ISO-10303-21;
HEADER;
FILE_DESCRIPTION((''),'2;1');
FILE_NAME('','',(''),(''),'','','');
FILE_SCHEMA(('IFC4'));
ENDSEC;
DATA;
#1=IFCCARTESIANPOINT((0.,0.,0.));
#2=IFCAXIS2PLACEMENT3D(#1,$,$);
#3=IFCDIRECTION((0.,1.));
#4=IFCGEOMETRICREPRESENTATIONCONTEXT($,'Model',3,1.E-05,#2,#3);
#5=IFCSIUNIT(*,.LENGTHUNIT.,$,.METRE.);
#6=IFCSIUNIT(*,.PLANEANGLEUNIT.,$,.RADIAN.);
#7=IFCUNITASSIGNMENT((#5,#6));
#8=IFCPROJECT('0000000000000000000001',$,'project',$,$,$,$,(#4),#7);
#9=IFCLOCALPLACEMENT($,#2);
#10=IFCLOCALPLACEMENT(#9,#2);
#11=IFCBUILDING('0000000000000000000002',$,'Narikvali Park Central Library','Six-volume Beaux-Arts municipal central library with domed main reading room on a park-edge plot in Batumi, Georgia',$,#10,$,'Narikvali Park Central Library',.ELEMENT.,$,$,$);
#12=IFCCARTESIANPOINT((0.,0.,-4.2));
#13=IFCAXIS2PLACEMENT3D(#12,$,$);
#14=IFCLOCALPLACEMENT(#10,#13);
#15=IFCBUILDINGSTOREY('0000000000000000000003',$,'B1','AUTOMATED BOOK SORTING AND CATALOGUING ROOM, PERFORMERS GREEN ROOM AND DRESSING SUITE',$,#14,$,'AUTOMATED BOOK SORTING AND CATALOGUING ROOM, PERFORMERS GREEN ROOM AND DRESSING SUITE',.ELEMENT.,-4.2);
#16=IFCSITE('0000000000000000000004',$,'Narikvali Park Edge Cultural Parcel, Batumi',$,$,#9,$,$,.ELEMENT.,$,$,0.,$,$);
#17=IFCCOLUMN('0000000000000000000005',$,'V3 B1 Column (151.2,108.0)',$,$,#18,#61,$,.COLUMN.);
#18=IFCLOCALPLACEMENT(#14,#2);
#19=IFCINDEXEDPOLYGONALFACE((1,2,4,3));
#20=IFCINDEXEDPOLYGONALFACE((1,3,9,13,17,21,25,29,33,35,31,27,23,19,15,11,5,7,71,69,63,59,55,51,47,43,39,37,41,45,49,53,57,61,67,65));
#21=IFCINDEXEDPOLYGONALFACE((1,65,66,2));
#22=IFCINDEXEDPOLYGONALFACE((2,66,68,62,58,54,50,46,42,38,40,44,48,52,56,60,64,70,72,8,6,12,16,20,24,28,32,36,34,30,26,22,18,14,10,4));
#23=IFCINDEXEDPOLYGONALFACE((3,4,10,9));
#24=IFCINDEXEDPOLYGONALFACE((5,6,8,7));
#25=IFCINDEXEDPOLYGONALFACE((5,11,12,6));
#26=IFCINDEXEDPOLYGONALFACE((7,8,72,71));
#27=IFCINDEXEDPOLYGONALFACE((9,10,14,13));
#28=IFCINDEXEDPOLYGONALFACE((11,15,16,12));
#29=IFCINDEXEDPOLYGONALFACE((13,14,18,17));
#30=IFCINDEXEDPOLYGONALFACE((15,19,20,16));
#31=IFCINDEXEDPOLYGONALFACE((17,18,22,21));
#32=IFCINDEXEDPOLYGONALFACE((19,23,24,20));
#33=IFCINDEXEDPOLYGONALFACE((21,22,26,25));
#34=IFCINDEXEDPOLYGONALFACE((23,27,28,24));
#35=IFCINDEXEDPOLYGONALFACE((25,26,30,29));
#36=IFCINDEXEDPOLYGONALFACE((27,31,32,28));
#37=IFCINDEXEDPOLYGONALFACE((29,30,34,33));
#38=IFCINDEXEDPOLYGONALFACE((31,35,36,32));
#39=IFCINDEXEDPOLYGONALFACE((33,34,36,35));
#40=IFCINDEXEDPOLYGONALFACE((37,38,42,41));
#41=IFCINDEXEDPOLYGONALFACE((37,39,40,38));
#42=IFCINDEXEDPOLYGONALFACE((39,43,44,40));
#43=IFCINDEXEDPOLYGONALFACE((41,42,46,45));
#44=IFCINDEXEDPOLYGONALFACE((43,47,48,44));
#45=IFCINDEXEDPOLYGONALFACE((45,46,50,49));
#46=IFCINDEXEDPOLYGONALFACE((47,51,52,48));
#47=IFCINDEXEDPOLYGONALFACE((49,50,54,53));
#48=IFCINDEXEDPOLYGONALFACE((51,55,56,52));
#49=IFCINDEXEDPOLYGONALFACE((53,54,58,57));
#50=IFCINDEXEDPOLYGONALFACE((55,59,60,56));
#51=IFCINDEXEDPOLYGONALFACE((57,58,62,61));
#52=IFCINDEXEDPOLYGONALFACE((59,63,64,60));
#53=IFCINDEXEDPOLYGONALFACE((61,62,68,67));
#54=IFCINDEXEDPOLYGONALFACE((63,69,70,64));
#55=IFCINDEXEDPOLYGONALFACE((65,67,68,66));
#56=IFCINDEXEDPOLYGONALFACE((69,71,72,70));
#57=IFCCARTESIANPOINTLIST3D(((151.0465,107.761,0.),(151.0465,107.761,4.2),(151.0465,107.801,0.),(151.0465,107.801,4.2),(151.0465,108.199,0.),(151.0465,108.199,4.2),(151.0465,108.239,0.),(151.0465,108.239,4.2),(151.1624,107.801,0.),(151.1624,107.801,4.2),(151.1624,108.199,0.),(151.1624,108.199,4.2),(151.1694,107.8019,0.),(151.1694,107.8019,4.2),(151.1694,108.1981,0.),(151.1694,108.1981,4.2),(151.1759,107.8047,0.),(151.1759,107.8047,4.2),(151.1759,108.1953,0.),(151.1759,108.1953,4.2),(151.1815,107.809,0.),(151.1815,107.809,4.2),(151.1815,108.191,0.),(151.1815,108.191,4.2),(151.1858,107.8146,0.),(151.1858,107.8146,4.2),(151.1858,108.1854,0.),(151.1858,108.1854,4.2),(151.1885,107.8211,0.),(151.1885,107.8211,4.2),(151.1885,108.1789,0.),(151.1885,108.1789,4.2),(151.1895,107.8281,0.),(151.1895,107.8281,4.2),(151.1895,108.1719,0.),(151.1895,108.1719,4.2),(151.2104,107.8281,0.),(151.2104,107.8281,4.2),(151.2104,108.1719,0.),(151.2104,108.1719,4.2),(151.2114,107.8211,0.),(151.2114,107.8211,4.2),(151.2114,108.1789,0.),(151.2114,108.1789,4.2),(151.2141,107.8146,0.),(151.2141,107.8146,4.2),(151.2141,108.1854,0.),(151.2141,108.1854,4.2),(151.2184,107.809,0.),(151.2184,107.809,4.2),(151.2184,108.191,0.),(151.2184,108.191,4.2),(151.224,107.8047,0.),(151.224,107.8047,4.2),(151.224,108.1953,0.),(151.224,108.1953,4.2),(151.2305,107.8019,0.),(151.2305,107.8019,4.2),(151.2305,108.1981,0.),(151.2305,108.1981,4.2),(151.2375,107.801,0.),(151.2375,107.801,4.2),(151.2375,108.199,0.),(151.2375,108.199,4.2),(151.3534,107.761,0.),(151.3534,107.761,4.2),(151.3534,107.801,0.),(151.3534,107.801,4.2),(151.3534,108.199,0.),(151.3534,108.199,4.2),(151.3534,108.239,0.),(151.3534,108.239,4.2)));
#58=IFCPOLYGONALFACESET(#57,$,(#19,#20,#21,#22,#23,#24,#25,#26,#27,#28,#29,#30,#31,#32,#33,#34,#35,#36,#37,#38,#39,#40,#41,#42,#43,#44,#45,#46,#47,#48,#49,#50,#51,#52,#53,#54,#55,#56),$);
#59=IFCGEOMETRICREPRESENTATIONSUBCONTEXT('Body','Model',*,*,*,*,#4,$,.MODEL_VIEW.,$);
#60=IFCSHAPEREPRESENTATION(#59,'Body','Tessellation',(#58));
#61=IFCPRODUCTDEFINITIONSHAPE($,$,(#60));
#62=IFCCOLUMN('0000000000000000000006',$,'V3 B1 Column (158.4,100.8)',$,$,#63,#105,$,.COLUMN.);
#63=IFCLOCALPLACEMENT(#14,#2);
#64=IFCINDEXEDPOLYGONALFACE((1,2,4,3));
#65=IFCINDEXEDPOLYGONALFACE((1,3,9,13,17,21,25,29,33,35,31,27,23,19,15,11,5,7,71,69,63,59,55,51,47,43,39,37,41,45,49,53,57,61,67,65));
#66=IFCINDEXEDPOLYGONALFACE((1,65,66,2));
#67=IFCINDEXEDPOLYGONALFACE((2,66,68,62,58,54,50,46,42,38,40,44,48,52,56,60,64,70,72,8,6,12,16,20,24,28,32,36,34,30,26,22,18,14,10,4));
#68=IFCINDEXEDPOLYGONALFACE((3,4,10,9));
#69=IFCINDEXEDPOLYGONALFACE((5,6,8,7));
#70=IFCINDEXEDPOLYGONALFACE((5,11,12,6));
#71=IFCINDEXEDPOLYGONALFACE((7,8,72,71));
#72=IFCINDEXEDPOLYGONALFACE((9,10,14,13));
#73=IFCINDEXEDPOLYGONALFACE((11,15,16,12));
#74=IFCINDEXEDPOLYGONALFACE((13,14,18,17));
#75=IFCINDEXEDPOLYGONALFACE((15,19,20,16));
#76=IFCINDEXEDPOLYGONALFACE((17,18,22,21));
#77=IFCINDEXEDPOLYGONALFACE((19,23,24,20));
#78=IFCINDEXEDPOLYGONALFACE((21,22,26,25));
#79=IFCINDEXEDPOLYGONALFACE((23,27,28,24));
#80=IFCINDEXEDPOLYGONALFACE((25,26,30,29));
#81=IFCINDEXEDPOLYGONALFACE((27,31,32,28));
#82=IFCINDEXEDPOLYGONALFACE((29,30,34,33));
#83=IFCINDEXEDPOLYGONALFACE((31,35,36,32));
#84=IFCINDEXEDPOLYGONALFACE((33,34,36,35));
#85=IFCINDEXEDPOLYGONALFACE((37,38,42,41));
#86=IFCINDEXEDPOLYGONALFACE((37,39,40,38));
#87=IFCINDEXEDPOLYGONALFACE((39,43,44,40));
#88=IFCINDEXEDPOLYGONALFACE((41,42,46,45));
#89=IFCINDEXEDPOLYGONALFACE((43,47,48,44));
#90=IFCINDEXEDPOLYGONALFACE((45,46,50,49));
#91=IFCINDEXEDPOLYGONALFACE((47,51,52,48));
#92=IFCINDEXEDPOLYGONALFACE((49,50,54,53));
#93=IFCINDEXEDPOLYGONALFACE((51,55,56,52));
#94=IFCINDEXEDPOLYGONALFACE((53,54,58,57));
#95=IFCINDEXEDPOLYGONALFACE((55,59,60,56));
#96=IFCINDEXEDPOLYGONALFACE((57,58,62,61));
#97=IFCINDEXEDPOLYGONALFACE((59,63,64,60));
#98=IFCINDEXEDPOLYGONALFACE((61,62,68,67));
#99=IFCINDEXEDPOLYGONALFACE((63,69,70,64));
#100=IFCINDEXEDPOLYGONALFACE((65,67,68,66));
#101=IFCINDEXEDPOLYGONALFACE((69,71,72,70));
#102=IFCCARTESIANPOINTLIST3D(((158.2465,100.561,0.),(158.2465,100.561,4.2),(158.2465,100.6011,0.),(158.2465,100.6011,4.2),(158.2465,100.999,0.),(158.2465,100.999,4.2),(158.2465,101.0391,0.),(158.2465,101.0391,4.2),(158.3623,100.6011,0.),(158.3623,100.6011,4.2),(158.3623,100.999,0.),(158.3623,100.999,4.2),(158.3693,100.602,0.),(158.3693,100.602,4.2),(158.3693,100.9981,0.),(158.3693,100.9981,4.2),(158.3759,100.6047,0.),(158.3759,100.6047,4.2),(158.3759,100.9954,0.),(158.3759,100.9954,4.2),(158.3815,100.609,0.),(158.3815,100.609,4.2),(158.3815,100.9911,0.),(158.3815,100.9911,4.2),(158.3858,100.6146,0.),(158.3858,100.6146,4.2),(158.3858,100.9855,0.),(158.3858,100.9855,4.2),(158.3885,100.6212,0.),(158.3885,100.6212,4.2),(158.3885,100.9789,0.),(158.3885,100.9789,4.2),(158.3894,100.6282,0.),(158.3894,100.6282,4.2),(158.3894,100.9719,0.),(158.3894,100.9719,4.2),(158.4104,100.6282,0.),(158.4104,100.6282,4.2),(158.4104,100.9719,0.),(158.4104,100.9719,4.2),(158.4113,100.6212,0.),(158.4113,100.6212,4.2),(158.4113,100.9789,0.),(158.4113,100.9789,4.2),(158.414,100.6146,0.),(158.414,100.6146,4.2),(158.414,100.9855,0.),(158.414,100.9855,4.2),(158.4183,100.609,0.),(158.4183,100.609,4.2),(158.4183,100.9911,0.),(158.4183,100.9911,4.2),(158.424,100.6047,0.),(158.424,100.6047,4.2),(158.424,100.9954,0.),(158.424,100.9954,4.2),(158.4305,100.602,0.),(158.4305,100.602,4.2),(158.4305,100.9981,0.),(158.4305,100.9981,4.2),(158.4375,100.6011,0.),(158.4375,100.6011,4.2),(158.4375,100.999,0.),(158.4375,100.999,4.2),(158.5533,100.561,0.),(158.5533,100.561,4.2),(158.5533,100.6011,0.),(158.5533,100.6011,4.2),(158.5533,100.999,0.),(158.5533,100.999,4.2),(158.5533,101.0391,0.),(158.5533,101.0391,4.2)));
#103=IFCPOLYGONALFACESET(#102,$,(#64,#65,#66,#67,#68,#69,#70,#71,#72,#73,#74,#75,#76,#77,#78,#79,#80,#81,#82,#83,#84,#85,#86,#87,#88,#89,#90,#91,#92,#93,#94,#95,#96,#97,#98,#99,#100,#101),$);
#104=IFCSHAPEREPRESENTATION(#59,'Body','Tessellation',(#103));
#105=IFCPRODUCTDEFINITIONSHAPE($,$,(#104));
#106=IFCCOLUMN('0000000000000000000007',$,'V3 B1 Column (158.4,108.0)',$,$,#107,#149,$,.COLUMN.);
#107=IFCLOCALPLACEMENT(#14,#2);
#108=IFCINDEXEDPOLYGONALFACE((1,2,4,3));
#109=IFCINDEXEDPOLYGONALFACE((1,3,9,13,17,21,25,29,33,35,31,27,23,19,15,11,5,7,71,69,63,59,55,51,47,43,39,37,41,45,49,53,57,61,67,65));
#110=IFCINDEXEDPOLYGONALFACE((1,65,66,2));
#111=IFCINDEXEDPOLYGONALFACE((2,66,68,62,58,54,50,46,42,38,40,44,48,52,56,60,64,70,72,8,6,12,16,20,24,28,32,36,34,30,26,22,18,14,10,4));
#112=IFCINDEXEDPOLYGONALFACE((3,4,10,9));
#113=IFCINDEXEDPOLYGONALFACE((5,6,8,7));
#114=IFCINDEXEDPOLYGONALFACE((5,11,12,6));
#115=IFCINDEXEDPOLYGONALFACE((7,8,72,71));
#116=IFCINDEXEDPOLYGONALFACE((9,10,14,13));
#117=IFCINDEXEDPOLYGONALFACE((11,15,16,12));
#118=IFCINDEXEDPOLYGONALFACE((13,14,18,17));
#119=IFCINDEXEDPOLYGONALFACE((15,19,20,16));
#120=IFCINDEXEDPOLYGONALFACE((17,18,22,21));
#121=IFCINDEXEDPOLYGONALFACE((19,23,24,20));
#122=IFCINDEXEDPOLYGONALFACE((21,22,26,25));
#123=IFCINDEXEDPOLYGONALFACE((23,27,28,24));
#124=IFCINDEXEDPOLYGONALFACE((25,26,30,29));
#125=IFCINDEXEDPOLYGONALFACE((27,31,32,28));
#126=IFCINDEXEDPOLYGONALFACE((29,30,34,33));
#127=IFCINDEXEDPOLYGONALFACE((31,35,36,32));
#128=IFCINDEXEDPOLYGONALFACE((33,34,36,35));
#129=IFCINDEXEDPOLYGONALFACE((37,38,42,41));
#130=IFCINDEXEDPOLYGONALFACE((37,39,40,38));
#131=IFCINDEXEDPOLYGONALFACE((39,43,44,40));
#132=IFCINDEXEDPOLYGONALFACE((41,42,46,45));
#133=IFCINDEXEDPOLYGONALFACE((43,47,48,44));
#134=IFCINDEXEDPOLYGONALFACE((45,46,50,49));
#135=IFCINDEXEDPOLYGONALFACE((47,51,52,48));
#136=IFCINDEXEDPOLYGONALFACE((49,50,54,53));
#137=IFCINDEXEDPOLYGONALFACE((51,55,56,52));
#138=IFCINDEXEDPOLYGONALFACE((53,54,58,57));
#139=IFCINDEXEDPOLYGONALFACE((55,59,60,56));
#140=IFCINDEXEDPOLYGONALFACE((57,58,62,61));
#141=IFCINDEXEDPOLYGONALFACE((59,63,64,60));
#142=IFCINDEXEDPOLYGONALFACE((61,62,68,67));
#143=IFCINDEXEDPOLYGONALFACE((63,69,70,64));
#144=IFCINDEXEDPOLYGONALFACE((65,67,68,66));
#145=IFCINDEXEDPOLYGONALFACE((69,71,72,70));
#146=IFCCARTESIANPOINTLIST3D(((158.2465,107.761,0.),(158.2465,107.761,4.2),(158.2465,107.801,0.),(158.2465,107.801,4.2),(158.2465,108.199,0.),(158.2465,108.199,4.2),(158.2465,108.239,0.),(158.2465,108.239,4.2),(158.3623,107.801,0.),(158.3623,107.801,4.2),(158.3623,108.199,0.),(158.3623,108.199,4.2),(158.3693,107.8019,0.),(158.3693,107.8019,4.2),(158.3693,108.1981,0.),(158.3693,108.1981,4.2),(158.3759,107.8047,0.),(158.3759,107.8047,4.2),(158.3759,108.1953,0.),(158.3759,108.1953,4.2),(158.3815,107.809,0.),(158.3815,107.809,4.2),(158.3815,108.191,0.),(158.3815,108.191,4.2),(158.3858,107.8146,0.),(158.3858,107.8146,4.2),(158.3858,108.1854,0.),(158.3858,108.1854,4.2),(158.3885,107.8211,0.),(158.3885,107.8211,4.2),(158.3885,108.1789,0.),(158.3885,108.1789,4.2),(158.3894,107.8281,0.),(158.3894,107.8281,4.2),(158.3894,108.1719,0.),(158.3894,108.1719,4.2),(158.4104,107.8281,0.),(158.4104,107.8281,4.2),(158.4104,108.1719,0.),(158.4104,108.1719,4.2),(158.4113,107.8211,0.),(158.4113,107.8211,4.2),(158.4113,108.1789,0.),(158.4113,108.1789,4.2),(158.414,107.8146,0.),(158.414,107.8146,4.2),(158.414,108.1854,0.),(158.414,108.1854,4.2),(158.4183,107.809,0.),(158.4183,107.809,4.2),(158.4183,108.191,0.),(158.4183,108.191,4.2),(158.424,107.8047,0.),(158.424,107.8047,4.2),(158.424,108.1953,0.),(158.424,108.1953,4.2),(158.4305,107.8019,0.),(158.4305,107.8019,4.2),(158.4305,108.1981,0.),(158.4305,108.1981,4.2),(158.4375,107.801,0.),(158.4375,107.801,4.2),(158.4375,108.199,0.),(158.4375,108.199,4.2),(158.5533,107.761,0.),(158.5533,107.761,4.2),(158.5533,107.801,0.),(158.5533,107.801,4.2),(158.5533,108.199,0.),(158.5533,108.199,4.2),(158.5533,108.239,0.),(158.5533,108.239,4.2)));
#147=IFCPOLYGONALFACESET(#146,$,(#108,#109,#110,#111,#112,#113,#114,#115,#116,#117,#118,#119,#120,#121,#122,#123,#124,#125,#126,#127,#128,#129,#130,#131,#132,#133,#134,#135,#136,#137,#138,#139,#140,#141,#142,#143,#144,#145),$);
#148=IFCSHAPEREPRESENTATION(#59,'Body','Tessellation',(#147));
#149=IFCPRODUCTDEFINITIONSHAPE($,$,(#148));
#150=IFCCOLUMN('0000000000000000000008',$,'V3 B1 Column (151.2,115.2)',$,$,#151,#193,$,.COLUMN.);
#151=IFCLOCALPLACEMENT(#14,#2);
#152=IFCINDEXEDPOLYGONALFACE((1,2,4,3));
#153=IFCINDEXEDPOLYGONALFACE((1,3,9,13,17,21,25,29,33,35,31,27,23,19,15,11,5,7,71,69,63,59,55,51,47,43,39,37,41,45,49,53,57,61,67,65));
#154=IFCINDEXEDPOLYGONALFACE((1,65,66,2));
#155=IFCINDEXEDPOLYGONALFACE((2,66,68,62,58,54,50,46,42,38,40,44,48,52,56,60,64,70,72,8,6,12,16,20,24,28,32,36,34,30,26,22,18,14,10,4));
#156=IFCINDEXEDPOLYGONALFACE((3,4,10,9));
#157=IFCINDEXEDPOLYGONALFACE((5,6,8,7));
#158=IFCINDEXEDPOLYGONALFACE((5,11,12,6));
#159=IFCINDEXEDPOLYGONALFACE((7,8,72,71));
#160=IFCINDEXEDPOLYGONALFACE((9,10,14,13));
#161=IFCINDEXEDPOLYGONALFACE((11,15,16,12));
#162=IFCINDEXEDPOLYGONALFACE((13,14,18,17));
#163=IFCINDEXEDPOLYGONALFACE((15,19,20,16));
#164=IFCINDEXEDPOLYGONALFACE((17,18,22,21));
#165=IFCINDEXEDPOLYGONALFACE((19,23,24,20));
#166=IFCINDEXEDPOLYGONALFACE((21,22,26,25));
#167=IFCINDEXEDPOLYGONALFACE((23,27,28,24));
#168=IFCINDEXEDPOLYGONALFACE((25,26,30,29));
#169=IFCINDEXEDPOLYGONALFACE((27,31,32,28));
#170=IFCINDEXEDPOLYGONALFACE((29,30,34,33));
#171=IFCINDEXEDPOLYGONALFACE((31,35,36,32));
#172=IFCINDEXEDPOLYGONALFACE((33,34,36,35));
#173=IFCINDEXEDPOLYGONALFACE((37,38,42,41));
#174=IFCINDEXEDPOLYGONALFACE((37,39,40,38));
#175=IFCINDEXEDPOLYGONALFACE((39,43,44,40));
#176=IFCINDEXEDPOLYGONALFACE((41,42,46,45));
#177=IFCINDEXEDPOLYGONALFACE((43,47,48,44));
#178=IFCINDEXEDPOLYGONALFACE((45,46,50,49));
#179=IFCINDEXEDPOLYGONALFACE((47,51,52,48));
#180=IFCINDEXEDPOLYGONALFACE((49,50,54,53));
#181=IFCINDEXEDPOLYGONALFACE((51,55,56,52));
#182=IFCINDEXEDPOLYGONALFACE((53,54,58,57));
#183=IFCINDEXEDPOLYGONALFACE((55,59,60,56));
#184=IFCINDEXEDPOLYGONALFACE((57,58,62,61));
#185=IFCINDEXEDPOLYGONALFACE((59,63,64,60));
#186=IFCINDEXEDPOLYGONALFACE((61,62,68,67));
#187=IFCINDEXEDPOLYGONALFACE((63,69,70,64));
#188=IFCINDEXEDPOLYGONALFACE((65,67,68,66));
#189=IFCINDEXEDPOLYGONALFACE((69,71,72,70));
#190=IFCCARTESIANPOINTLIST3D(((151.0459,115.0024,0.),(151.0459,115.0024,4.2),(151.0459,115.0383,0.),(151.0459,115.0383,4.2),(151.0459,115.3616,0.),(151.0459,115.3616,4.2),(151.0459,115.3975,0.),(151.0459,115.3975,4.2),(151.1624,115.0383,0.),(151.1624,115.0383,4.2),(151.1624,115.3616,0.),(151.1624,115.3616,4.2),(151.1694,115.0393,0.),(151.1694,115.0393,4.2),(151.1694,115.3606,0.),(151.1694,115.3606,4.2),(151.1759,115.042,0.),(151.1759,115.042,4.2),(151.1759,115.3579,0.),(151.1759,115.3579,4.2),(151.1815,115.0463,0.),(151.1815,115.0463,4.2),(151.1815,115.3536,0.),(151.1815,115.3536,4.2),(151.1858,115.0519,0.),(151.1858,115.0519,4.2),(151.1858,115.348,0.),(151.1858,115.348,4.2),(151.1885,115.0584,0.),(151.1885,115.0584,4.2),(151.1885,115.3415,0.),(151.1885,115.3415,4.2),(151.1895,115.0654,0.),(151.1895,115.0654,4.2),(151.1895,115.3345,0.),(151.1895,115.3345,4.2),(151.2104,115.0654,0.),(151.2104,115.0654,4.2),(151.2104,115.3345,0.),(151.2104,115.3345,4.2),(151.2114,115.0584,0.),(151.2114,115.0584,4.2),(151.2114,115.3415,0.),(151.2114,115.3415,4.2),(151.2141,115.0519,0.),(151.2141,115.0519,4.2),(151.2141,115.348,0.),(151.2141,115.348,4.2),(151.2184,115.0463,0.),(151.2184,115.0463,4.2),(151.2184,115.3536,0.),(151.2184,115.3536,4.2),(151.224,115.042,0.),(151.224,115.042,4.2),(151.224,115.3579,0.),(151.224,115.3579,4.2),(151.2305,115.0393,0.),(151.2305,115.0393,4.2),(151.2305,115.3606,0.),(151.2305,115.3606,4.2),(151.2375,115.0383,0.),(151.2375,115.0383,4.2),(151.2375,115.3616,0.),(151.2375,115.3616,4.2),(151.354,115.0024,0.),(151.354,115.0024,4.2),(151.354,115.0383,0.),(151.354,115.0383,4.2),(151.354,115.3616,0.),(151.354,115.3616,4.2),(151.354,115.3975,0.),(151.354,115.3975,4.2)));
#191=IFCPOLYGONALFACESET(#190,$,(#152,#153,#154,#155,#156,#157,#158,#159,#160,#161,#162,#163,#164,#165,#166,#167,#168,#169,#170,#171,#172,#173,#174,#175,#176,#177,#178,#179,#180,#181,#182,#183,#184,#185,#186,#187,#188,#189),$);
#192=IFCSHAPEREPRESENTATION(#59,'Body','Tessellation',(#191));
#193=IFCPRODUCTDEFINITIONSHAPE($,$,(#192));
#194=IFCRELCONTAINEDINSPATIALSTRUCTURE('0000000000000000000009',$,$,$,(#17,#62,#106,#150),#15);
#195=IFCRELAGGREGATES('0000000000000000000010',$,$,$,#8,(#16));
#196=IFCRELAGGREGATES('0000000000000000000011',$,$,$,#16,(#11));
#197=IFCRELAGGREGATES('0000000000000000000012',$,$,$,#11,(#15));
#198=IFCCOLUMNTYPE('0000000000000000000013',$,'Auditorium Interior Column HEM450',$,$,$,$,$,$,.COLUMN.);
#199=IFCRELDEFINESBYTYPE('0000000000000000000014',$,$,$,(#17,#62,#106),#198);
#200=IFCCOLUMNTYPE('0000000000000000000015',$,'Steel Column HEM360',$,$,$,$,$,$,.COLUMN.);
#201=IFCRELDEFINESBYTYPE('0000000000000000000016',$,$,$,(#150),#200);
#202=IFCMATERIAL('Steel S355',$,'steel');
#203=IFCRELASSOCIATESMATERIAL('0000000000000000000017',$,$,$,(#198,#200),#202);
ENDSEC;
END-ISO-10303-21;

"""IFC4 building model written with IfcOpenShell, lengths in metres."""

from ifc_helpers import new_model, si_unit, direction, frame, origin, origin_2d, place, context, subcontext, project, spatial, i_section, extrude, material, material_profile, profile_set, type_object, element, save


model = new_model("IFC4")

# Units and contexts
model_context = context("Model", 3, precision=1e-05, world=origin(), true_north=direction((0.0, 1.0)))
body_context = subcontext(model_context, "Body", "Model", "MODEL_VIEW")
ifc_project = project(units=[si_unit("LENGTHUNIT", "METRE"), si_unit("PLANEANGLEUNIT", "RADIAN")], contexts=[model_context])

# Site, building, storey
site_placement = place(None, origin())
site = spatial("IfcSite", under=ifc_project, at=site_placement, Name="Narikvali Park Edge Cultural Parcel, Batumi", CompositionType="ELEMENT", RefElevation=0.0)
building_placement = place(site_placement, origin())
building = spatial("IfcBuilding", under=site, at=building_placement, Name="Narikvali Park Central Library", Description="Six-volume Beaux-Arts municipal central library with domed main reading room on a park-edge plot in Batumi, Georgia", LongName="Narikvali Park Central Library", CompositionType="ELEMENT")
storey_placement = place(building_placement, frame((0.0, 0.0, -4.2)))
storey = spatial("IfcBuildingStorey", under=building, at=storey_placement, Name="B1", Description="AUTOMATED BOOK SORTING AND CATALOGUING ROOM, PERFORMERS GREEN ROOM AND DRESSING SUITE", LongName="AUTOMATED BOOK SORTING AND CATALOGUING ROOM, PERFORMERS GREEN ROOM AND DRESSING SUITE", CompositionType="ELEMENT", Elevation=-4.2)

# Columns
ifc_material_1 = material(Name="Steel S355", Category="steel")
ifc_material_profile_1 = material_profile(ifc_material_1, i_section(OverallWidth=0.3069, OverallDepth=0.478, WebThickness=0.021, FlangeThickness=0.04, FilletRadius=0.0271, at=origin_2d()), Name="HEM 450")
ifc_profile_set_1 = profile_set([ifc_material_profile_1], Name="Steel S355")
column_type_1 = type_object("IfcColumnType", Name="Auditorium Interior Column HEM450", PredefinedType="COLUMN", material=ifc_profile_set_1)
for number, where, z_axis, x_axis, name in (
    (1, (151.2, 108.0, 0.0), (0.0, 0.0, 1.0), (1.0, 0.0, 0.0), "V3 B1 Column (151.2,108.0)"),
    (2, (158.3999, 100.8, 0.0), (0.0, 0.0, 1.0), (1.0, 0.0, 0.0), "V3 B1 Column (158.4,100.8)"),
    (3, (158.3999, 108.0, 0.0), (0.0, 0.0, 1.0), (1.0, 0.0, 0.0), "V3 B1 Column (158.4,108.0)"),
):
    element("IfcColumn", number, at=place(storey_placement, frame(where, z_axis=z_axis, x_axis=x_axis)), inside=storey, type_object=column_type_1, Name=name, PredefinedType="COLUMN", context=body_context, shape_type="SweptSolid", body=[
        extrude(i_section(OverallWidth=0.3069, OverallDepth=0.478, WebThickness=0.021, FlangeThickness=0.04, FilletRadius=0.0271, at=origin_2d()), origin(), (0.0, 0.0, 1.0), 4.2),
    ])
ifc_material_profile_2 = material_profile(ifc_material_1, i_section(OverallWidth=0.3081, OverallDepth=0.395, WebThickness=0.021, FlangeThickness=0.0359, FilletRadius=0.0271, at=origin_2d()), Name="HEM 360")
ifc_profile_set_2 = profile_set([ifc_material_profile_2], Name="Steel S355")
column_type_2 = type_object("IfcColumnType", Name="Steel Column HEM360", PredefinedType="COLUMN", material=ifc_profile_set_2)
for number, where, z_axis, x_axis, name in (
    (4, (151.2, 115.2, 0.0), (0.0, 0.0, 1.0), (1.0, 0.0, 0.0), "V3 B1 Column (151.2,115.2)"),
):
    element("IfcColumn", number, at=place(storey_placement, frame(where, z_axis=z_axis, x_axis=x_axis)), inside=storey, type_object=column_type_2, Name=name, PredefinedType="COLUMN", context=body_context, shape_type="SweptSolid", body=[
        extrude(i_section(OverallWidth=0.3081, OverallDepth=0.395, WebThickness=0.021, FlangeThickness=0.0359, FilletRadius=0.0271, at=origin_2d()), origin(), (0.0, 0.0, 1.0), 4.2),
    ])

save(model, "model.ifc")
